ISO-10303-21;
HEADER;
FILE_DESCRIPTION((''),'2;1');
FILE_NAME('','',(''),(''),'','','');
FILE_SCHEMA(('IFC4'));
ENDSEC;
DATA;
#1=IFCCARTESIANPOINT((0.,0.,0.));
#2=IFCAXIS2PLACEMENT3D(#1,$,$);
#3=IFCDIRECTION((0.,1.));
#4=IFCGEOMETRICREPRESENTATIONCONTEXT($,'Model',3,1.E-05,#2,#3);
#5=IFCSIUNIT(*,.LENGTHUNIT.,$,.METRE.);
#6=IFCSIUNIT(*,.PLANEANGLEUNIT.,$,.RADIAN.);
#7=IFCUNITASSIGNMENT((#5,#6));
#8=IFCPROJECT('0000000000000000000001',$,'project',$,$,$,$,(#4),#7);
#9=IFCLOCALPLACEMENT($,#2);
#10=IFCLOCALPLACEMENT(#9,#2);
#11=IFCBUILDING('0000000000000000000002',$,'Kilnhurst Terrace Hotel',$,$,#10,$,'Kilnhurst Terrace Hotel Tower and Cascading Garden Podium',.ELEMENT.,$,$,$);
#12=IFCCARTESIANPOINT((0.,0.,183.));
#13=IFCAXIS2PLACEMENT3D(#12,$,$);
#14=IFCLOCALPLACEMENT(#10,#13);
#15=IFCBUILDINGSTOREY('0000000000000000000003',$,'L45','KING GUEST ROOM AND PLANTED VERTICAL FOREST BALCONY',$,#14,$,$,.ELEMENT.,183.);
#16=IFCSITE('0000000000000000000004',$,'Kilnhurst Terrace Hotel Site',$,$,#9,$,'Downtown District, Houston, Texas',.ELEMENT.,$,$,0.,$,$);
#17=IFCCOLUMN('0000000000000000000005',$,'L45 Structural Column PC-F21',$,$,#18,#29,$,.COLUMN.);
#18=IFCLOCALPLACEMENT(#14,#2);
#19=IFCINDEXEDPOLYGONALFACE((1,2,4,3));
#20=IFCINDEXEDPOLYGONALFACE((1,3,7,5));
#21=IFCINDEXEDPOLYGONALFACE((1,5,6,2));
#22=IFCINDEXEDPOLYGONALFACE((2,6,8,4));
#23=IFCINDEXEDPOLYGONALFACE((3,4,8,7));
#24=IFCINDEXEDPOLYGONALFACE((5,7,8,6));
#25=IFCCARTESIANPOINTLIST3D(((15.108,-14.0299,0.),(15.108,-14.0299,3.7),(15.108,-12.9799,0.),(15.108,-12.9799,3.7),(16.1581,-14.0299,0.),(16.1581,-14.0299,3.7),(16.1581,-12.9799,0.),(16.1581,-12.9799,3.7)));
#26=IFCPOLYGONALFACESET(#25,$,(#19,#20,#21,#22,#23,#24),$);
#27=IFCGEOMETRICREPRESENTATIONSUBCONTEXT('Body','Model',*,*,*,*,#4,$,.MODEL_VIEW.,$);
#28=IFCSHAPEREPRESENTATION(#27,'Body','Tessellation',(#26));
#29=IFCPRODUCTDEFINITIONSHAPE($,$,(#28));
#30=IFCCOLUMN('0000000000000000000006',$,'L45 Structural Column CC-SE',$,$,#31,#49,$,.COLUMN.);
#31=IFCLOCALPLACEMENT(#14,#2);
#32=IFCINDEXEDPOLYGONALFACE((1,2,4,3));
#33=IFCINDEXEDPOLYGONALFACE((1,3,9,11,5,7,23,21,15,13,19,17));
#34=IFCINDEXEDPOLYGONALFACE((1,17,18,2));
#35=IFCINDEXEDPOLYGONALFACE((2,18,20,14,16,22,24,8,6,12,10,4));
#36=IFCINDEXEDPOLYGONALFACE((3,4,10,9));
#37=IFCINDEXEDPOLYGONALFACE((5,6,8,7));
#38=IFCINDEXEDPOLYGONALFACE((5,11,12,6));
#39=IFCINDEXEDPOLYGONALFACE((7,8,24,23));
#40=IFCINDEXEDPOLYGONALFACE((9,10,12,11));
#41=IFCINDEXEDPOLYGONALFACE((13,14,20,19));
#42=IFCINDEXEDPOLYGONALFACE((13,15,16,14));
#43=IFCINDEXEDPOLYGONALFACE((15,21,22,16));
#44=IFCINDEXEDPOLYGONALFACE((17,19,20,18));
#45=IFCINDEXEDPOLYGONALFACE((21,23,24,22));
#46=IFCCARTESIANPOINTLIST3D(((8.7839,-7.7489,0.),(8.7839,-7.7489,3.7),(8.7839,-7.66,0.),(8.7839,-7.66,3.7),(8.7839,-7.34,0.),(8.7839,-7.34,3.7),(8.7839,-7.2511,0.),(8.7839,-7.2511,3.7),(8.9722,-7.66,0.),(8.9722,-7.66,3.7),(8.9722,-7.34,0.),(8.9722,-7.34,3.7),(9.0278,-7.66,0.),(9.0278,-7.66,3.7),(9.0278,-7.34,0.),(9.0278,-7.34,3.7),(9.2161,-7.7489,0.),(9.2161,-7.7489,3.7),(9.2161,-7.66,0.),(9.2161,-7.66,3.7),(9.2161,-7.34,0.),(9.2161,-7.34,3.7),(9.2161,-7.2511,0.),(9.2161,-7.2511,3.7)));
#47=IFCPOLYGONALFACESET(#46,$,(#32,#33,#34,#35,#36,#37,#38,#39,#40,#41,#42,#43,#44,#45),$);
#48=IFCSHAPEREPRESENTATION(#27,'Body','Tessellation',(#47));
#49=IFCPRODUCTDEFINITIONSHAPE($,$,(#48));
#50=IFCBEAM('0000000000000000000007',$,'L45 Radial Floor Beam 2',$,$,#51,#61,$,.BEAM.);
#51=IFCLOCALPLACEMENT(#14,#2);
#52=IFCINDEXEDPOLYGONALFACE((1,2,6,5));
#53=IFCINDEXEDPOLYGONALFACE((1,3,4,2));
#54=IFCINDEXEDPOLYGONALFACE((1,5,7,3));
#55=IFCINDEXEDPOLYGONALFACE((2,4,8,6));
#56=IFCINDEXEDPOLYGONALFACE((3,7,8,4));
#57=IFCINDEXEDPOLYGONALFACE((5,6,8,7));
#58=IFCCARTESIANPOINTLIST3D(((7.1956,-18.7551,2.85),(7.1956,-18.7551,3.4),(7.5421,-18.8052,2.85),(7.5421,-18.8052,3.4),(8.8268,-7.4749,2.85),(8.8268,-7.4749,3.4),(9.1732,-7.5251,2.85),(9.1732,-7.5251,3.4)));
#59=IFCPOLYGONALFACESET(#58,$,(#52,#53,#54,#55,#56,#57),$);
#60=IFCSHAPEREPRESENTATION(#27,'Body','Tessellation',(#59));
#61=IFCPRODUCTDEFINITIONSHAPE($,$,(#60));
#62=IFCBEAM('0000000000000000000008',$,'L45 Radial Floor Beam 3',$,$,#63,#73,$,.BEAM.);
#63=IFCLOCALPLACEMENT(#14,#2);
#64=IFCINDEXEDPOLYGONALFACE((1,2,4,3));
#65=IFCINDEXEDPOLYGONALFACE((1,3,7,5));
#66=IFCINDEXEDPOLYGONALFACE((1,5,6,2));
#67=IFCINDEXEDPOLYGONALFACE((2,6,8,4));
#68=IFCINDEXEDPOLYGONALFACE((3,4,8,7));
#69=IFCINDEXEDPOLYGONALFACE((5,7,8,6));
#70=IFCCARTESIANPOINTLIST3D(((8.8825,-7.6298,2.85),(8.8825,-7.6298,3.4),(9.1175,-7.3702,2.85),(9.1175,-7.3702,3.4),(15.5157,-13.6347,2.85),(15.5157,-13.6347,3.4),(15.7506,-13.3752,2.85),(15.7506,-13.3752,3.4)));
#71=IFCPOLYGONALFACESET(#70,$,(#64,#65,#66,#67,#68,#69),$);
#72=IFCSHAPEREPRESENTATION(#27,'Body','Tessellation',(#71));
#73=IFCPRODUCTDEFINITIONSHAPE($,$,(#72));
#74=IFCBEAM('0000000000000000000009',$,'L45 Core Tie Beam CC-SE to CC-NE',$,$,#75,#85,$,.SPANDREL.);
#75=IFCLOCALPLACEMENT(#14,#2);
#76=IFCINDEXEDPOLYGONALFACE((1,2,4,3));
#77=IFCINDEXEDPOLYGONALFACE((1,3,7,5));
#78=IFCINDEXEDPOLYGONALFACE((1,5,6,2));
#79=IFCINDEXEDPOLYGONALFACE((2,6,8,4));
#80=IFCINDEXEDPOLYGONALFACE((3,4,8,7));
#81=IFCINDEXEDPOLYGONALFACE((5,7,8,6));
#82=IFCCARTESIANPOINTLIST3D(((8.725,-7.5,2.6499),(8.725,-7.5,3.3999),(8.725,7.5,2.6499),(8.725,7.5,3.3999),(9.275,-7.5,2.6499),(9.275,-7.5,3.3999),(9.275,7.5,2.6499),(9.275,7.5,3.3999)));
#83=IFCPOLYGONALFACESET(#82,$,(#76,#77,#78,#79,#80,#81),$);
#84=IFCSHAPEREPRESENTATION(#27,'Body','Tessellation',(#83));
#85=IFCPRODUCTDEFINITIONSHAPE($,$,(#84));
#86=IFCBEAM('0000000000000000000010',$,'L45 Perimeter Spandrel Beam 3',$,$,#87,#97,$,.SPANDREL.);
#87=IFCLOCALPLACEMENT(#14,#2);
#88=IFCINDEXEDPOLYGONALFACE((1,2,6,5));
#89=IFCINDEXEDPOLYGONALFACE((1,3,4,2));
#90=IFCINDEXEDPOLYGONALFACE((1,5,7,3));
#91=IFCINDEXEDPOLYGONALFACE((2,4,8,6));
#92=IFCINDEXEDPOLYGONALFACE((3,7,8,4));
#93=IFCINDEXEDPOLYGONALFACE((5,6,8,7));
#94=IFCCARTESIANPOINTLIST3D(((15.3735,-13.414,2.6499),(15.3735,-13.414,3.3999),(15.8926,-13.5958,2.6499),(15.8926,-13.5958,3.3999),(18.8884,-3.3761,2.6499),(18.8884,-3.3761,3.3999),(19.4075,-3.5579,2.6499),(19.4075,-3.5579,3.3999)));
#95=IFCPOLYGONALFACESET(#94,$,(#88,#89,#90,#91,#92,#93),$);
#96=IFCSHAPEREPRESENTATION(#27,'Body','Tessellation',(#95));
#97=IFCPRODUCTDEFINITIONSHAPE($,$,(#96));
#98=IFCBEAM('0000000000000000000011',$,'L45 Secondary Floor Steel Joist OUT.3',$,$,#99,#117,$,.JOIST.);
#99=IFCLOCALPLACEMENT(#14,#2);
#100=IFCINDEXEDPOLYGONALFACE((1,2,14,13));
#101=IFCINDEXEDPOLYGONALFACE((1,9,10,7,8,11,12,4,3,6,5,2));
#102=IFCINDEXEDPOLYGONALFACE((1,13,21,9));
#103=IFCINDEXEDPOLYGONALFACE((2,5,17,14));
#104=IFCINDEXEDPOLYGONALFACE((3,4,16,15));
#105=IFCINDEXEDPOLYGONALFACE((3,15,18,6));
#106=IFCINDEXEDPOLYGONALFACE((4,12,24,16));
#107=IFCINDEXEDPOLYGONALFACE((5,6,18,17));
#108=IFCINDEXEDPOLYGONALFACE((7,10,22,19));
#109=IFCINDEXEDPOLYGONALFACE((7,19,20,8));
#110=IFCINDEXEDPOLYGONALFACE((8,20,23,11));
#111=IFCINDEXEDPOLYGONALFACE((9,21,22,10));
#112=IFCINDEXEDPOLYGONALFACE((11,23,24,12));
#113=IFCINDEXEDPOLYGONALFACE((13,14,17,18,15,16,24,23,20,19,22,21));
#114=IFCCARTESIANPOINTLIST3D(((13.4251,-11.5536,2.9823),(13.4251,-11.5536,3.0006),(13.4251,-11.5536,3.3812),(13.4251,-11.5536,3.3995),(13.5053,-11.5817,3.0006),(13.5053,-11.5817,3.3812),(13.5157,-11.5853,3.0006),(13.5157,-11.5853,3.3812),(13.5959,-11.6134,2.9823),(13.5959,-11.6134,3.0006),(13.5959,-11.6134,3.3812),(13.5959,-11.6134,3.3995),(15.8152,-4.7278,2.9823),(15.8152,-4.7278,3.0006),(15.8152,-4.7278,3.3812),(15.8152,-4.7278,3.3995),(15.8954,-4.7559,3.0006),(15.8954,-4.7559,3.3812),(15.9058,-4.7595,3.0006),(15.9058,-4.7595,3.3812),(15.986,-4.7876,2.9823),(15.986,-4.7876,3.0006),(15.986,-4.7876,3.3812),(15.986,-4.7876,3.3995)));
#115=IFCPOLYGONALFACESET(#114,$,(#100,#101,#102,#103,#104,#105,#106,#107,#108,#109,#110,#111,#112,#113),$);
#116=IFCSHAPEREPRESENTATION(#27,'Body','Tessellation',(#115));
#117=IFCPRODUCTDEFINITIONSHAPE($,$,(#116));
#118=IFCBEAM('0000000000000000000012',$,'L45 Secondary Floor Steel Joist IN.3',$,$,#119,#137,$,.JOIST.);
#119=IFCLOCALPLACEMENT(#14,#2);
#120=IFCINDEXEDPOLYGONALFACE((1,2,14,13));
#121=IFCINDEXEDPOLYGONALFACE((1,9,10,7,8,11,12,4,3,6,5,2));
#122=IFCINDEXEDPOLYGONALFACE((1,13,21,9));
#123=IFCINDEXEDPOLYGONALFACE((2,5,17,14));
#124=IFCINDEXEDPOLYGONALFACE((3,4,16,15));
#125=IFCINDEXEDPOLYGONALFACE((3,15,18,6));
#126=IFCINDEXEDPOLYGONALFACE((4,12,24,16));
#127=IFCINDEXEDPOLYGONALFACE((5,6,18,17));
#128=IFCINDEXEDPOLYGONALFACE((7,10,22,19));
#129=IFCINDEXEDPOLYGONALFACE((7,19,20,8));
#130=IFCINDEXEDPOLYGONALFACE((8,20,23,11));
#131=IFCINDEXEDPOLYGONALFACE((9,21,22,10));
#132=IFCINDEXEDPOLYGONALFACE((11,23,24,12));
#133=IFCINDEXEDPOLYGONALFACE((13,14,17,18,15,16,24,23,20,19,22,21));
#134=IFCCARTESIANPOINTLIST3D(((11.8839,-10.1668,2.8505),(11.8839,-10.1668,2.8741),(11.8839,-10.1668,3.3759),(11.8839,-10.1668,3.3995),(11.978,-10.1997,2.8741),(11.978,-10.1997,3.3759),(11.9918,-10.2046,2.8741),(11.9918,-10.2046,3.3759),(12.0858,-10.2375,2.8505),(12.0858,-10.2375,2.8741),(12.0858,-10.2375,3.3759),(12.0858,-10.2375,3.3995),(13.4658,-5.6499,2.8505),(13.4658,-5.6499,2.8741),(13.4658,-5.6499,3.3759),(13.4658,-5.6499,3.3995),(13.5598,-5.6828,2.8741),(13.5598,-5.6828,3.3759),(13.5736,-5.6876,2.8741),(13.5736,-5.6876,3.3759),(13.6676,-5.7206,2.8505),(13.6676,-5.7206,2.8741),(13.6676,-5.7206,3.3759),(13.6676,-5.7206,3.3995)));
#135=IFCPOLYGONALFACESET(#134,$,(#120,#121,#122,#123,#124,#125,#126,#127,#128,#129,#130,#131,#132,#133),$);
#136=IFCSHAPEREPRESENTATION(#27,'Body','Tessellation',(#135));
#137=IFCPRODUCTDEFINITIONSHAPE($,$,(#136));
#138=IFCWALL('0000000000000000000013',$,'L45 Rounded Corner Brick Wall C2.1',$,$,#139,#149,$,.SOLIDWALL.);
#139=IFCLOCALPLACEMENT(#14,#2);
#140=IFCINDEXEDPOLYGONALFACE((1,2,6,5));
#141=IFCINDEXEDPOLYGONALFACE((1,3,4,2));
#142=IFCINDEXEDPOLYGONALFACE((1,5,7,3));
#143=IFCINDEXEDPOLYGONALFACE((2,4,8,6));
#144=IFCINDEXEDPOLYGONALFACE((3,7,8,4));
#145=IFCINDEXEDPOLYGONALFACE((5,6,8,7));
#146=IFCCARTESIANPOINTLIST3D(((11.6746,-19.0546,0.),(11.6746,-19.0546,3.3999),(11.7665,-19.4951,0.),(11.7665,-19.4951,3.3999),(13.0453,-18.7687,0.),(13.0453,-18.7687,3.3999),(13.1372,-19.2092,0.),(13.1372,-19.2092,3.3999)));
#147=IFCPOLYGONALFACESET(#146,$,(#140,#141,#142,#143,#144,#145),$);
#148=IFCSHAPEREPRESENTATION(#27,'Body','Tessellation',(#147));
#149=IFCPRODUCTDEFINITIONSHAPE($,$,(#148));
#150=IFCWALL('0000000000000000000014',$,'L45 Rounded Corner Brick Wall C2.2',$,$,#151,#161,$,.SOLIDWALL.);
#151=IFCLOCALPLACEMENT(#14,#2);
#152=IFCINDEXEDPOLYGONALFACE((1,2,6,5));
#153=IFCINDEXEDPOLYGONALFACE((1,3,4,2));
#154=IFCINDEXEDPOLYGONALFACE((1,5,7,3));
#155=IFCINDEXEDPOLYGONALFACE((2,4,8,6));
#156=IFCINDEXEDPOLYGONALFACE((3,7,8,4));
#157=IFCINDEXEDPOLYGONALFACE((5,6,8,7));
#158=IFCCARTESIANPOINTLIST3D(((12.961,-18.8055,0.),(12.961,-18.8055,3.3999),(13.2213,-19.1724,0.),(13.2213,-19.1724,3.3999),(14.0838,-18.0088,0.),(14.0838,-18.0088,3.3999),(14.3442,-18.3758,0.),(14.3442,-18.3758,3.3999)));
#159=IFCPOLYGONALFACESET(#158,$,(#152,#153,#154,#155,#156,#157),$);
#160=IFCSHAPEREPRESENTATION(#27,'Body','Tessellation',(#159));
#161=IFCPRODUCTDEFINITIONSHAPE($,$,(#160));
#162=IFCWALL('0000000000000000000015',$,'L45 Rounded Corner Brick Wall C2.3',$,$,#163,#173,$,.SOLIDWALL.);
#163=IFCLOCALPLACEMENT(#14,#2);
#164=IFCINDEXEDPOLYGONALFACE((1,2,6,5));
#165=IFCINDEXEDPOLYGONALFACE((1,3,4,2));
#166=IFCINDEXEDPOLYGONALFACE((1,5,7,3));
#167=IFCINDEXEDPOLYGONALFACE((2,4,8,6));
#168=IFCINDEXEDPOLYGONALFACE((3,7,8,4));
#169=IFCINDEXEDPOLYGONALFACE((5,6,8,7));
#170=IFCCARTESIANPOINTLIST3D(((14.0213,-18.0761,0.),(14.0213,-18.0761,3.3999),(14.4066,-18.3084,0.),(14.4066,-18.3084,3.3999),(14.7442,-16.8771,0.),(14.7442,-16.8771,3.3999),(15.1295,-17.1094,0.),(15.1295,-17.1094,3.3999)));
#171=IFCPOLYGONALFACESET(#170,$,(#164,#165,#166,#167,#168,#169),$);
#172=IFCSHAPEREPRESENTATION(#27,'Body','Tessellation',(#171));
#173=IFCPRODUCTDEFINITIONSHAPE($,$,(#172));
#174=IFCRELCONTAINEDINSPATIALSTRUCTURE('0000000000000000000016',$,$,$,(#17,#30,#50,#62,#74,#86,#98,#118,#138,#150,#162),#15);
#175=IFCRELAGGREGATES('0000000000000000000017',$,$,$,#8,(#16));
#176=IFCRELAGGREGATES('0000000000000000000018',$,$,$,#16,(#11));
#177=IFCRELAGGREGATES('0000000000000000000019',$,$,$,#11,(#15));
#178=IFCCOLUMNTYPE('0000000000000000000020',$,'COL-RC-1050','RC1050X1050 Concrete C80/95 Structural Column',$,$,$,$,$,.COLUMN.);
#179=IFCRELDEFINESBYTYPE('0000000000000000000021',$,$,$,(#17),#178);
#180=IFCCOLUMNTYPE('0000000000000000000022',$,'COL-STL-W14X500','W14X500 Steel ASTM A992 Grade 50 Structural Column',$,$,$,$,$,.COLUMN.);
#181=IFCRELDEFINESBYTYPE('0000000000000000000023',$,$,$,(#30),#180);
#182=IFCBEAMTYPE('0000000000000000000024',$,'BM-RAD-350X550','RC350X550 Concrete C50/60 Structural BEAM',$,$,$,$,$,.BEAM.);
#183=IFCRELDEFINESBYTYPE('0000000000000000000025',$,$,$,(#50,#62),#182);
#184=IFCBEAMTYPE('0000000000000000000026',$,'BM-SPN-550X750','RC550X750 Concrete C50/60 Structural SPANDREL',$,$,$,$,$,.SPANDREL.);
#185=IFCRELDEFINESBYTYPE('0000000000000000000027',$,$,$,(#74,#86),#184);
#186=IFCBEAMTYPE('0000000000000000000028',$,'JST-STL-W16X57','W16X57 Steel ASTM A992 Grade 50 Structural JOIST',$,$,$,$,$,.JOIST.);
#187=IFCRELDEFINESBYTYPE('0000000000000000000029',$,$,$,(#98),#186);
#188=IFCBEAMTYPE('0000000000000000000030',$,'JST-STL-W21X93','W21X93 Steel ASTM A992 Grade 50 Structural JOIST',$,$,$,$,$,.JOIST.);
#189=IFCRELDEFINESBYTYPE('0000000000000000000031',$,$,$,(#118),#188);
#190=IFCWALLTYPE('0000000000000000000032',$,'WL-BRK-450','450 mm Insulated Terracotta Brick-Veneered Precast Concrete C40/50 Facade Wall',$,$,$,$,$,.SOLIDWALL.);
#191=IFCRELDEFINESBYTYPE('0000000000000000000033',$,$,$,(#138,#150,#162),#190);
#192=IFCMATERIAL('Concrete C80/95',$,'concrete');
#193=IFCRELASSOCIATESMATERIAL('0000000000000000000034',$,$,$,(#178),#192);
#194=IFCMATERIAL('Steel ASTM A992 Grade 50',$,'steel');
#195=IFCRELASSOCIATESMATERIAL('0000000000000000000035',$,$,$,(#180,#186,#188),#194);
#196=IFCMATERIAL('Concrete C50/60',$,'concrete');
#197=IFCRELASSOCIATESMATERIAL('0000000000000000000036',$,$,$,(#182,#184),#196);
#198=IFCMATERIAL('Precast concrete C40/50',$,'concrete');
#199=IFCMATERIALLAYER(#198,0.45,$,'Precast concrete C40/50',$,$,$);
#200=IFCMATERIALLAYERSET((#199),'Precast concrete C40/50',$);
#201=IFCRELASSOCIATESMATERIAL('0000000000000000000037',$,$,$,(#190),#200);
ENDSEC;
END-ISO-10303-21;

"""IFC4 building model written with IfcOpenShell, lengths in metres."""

from ifc_helpers import new_model, si_unit, direction, frame, frame_2d, origin, origin_2d, place, context, subcontext, project, spatial, rectangle, i_section, extrude, material, layer, layer_set, material_profile, profile_set, type_object, element, save


model = new_model("IFC4")

# Units and contexts
model_context = context("Model", 3, precision=1e-05, world=origin(), true_north=direction((0.0, 1.0)))
body_context = subcontext(model_context, "Body", "Model", "MODEL_VIEW")
ifc_project = project(units=[si_unit("LENGTHUNIT", "METRE"), si_unit("PLANEANGLEUNIT", "RADIAN")], contexts=[model_context])

# Site, building, storey
site_placement = place(None, origin())
site = spatial("IfcSite", under=ifc_project, at=site_placement, Name="Kilnhurst Terrace Hotel Site", LongName="Downtown District, Houston, Texas", CompositionType="ELEMENT", RefElevation=0.0)
building_placement = place(site_placement, origin())
building = spatial("IfcBuilding", under=site, at=building_placement, Name="Kilnhurst Terrace Hotel", LongName="Kilnhurst Terrace Hotel Tower and Cascading Garden Podium", CompositionType="ELEMENT")
storey_placement = place(building_placement, frame((0.0, 0.0, 183.0)))
storey = spatial("IfcBuildingStorey", under=building, at=storey_placement, Name="L45", Description="KING GUEST ROOM AND PLANTED VERTICAL FOREST BALCONY", CompositionType="ELEMENT", Elevation=183.0)

# Columns
ifc_material_1 = material(Name="Concrete C80/95", Category="concrete")
ifc_material_profile_1 = material_profile(ifc_material_1, rectangle(XDim=1.05, YDim=1.05, at=origin_2d()), Name="RC1050X1050")
ifc_profile_set_1 = profile_set([ifc_material_profile_1], Name="Concrete C80/95")
column_type_1 = type_object("IfcColumnType", Name="COL-RC-1050", Description="RC1050X1050 Concrete C80/95 Structural Column", PredefinedType="COLUMN", material=ifc_profile_set_1)
column_1_placement = place(storey_placement, frame((15.6331, -13.5049, 0.0), z_axis=(0.0, 0.0, 1.0), x_axis=(1.0, 0.0, 0.0)))
element("IfcColumn", 1, at=column_1_placement, inside=storey, type_object=column_type_1, Name="L45 Structural Column PC-F21", PredefinedType="COLUMN", context=body_context, shape_type="SweptSolid", body=[
    extrude(rectangle(XDim=1.05, YDim=1.05, at=origin_2d()), origin(), (0.0, 0.0, 1.0), 3.7),
])
ifc_material_2 = material(Name="Steel ASTM A992 Grade 50", Category="steel")
ifc_material_profile_2 = material_profile(ifc_material_2, i_section(OverallWidth=0.4321, OverallDepth=0.4978, WebThickness=0.0557, FlangeThickness=0.0889, at=origin_2d()), Name="W14X500")
ifc_profile_set_2 = profile_set([ifc_material_profile_2], Name="Steel ASTM A992 Grade 50")
column_type_2 = type_object("IfcColumnType", Name="COL-STL-W14X500", Description="W14X500 Steel ASTM A992 Grade 50 Structural Column", PredefinedType="COLUMN", material=ifc_profile_set_2)
column_2_placement = place(storey_placement, frame((9.0, -7.5, 0.0), z_axis=(0.0, 0.0, 1.0), x_axis=(1.0, 0.0, 0.0)))
element("IfcColumn", 2, at=column_2_placement, inside=storey, type_object=column_type_2, Name="L45 Structural Column CC-SE", PredefinedType="COLUMN", context=body_context, shape_type="SweptSolid", body=[
    extrude(i_section(OverallWidth=0.4321, OverallDepth=0.4978, WebThickness=0.0557, FlangeThickness=0.0889, at=origin_2d()), origin(), (0.0, 0.0, 1.0), 3.7),
])

# Beams
ifc_material_3 = material(Name="Concrete C50/60", Category="concrete")
ifc_material_profile_3 = material_profile(ifc_material_3, rectangle(XDim=0.3501, YDim=0.55, at=origin_2d()), Name="RC350X550")
ifc_profile_set_3 = profile_set([ifc_material_profile_3], Name="Concrete C50/60")
beam_type_1 = type_object("IfcBeamType", Name="BM-RAD-350X550", Description="RC350X550 Concrete C50/60 Structural BEAM", PredefinedType="BEAM", material=ifc_profile_set_3)
beam_1_placement = place(storey_placement, frame((9.0, -7.5, 3.125), z_axis=(-0.143113, -0.989706, 0.0), x_axis=(0.989706, -0.143113, 0.0)))
element("IfcBeam", 3, at=beam_1_placement, inside=storey, type_object=beam_type_1, Name="L45 Radial Floor Beam 2", PredefinedType="BEAM", context=body_context, shape_type="SweptSolid", body=[
    extrude(rectangle(XDim=0.3501, YDim=0.55, at=origin_2d()), origin(), (0.0, 0.0, 1.0), 11.3975),
])
beam_2_placement = place(storey_placement, frame((9.0, -7.5, 3.125), z_axis=(0.741339, -0.671131, 0.0), x_axis=(0.671131, 0.741339, 0.0)))
element("IfcBeam", 4, at=beam_2_placement, inside=storey, type_object=beam_type_1, Name="L45 Radial Floor Beam 3", PredefinedType="BEAM", context=body_context, shape_type="SweptSolid", body=[
    extrude(rectangle(XDim=0.3501, YDim=0.55, at=origin_2d()), origin(), (0.0, 0.0, 1.0), 8.9475),
])
ifc_material_profile_4 = material_profile(ifc_material_3, rectangle(XDim=0.55, YDim=0.75, at=origin_2d()), Name="RC550X750")
ifc_profile_set_4 = profile_set([ifc_material_profile_4], Name="Concrete C50/60")
beam_type_2 = type_object("IfcBeamType", Name="BM-SPN-550X750", Description="RC550X750 Concrete C50/60 Structural SPANDREL", PredefinedType="SPANDREL", material=ifc_profile_set_4)
beam_3_placement = place(storey_placement, frame((9.0, -7.5, 3.0249), z_axis=(0.0, 1.0, 0.0), x_axis=(-1.0, 0.0, 0.0)))
element("IfcBeam", 5, at=beam_3_placement, inside=storey, type_object=beam_type_2, Name="L45 Core Tie Beam CC-SE to CC-NE", PredefinedType="SPANDREL", context=body_context, shape_type="SweptSolid", body=[
    extrude(rectangle(XDim=0.55, YDim=0.75, at=origin_2d()), origin(), (0.0, 0.0, 1.0), 15.0),
])
beam_4_placement = place(storey_placement, frame((15.6331, -13.5049, 3.0249), z_axis=(0.330488, 0.94381, 0.0), x_axis=(-0.94381, 0.330488, 0.0)))
element("IfcBeam", 6, at=beam_4_placement, inside=storey, type_object=beam_type_2, Name="L45 Perimeter Spandrel Beam 3", PredefinedType="SPANDREL", context=body_context, shape_type="SweptSolid", body=[
    extrude(rectangle(XDim=0.55, YDim=0.75, at=origin_2d()), origin(), (0.0, 0.0, 1.0), 10.6355),
])
ifc_material_profile_5 = material_profile(ifc_material_2, i_section(OverallWidth=0.1809, OverallDepth=0.4172, WebThickness=0.011, FlangeThickness=0.0183, at=origin_2d()), Name="W16X57")
ifc_profile_set_5 = profile_set([ifc_material_profile_5], Name="Steel ASTM A992 Grade 50")
beam_type_3 = type_object("IfcBeamType", Name="JST-STL-W16X57", Description="W16X57 Steel ASTM A992 Grade 50 Structural JOIST", PredefinedType="JOIST", material=ifc_profile_set_5)
beam_5_placement = place(storey_placement, frame((13.5105, -11.5835, 3.1909), z_axis=(0.330481, 0.943813, 0.0), x_axis=(-0.943813, 0.330481, 0.0)))
element("IfcBeam", 7, at=beam_5_placement, inside=storey, type_object=beam_type_3, Name="L45 Secondary Floor Steel Joist OUT.3", PredefinedType="JOIST", context=body_context, shape_type="SweptSolid", body=[
    extrude(i_section(OverallWidth=0.1809, OverallDepth=0.4172, WebThickness=0.011, FlangeThickness=0.0183, at=origin_2d()), origin(), (0.0, 0.0, 1.0), 7.2322),
])
ifc_material_profile_6 = material_profile(ifc_material_2, i_section(OverallWidth=0.2139, OverallDepth=0.5491, WebThickness=0.0146, FlangeThickness=0.0237, at=origin_2d()), Name="W21X93")
ifc_profile_set_6 = profile_set([ifc_material_profile_6], Name="Steel ASTM A992 Grade 50")
beam_type_4 = type_object("IfcBeamType", Name="JST-STL-W21X93", Description="W21X93 Steel ASTM A992 Grade 50 Structural JOIST", PredefinedType="JOIST", material=ifc_profile_set_6)
beam_6_placement = place(storey_placement, frame((11.9849, -10.2021, 3.125), z_axis=(0.330516, 0.9438, 0.0), x_axis=(-0.9438, 0.330516, 0.0)))
element("IfcBeam", 8, at=beam_6_placement, inside=storey, type_object=beam_type_4, Name="L45 Secondary Floor Steel Joist IN.3", PredefinedType="JOIST", context=body_context, shape_type="SweptSolid", body=[
    extrude(i_section(OverallWidth=0.2139, OverallDepth=0.5491, WebThickness=0.0146, FlangeThickness=0.0237, at=origin_2d()), origin(), (0.0, 0.0, 1.0), 4.7859),
])

# Walls
ifc_material_4 = material(Name="Precast concrete C40/50", Category="concrete")
ifc_layer_1 = layer(ifc_material_4, 0.45, Name="Precast concrete C40/50")
ifc_layer_set_1 = layer_set([ifc_layer_1], Name="Precast concrete C40/50")
wall_type_1 = type_object("IfcWallType", Name="WL-BRK-450", Description="450 mm Insulated Terracotta Brick-Veneered Precast Concrete C40/50 Facade Wall", PredefinedType="SOLIDWALL", material=ifc_layer_set_1)
wall_1_placement = place(storey_placement, frame((11.7205, -19.2749, 0.0), z_axis=(0.0, 0.0, 1.0), x_axis=(0.978931, 0.204191, 0.0)))
element("IfcWall", 9, at=wall_1_placement, inside=storey, type_object=wall_type_1, Name="L45 Rounded Corner Brick Wall C2.1", PredefinedType="SOLIDWALL", context=body_context, shape_type="SweptSolid", body=[
    extrude(rectangle(XDim=1.4001, YDim=0.45, at=frame_2d((0.7002, 0.0))), origin(), (0.0, 0.0, 1.0), 3.3999),
])
wall_2_placement = place(storey_placement, frame((13.0911, -18.989, 0.0), z_axis=(0.0, 0.0, 1.0), x_axis=(0.815575, 0.578652, 0.0)))
element("IfcWall", 10, at=wall_2_placement, inside=storey, type_object=wall_type_1, Name="L45 Rounded Corner Brick Wall C2.2", PredefinedType="SOLIDWALL", context=body_context, shape_type="SweptSolid", body=[
    extrude(rectangle(XDim=1.3767, YDim=0.45, at=frame_2d((0.6885, 0.0))), origin(), (0.0, 0.0, 1.0), 3.3999),
])
wall_3_placement = place(storey_placement, frame((14.2139, -18.1924, 0.0), z_axis=(0.0, 0.0, 1.0), x_axis=(0.516341, 0.856383, 0.0)))
element("IfcWall", 11, at=wall_3_placement, inside=storey, type_object=wall_type_1, Name="L45 Rounded Corner Brick Wall C2.3", PredefinedType="SOLIDWALL", context=body_context, shape_type="SweptSolid", body=[
    extrude(rectangle(XDim=1.4001, YDim=0.45, at=frame_2d((0.7002, 0.0))), origin(), (0.0, 0.0, 1.0), 3.3999),
])

save(model, "model.ifc")
